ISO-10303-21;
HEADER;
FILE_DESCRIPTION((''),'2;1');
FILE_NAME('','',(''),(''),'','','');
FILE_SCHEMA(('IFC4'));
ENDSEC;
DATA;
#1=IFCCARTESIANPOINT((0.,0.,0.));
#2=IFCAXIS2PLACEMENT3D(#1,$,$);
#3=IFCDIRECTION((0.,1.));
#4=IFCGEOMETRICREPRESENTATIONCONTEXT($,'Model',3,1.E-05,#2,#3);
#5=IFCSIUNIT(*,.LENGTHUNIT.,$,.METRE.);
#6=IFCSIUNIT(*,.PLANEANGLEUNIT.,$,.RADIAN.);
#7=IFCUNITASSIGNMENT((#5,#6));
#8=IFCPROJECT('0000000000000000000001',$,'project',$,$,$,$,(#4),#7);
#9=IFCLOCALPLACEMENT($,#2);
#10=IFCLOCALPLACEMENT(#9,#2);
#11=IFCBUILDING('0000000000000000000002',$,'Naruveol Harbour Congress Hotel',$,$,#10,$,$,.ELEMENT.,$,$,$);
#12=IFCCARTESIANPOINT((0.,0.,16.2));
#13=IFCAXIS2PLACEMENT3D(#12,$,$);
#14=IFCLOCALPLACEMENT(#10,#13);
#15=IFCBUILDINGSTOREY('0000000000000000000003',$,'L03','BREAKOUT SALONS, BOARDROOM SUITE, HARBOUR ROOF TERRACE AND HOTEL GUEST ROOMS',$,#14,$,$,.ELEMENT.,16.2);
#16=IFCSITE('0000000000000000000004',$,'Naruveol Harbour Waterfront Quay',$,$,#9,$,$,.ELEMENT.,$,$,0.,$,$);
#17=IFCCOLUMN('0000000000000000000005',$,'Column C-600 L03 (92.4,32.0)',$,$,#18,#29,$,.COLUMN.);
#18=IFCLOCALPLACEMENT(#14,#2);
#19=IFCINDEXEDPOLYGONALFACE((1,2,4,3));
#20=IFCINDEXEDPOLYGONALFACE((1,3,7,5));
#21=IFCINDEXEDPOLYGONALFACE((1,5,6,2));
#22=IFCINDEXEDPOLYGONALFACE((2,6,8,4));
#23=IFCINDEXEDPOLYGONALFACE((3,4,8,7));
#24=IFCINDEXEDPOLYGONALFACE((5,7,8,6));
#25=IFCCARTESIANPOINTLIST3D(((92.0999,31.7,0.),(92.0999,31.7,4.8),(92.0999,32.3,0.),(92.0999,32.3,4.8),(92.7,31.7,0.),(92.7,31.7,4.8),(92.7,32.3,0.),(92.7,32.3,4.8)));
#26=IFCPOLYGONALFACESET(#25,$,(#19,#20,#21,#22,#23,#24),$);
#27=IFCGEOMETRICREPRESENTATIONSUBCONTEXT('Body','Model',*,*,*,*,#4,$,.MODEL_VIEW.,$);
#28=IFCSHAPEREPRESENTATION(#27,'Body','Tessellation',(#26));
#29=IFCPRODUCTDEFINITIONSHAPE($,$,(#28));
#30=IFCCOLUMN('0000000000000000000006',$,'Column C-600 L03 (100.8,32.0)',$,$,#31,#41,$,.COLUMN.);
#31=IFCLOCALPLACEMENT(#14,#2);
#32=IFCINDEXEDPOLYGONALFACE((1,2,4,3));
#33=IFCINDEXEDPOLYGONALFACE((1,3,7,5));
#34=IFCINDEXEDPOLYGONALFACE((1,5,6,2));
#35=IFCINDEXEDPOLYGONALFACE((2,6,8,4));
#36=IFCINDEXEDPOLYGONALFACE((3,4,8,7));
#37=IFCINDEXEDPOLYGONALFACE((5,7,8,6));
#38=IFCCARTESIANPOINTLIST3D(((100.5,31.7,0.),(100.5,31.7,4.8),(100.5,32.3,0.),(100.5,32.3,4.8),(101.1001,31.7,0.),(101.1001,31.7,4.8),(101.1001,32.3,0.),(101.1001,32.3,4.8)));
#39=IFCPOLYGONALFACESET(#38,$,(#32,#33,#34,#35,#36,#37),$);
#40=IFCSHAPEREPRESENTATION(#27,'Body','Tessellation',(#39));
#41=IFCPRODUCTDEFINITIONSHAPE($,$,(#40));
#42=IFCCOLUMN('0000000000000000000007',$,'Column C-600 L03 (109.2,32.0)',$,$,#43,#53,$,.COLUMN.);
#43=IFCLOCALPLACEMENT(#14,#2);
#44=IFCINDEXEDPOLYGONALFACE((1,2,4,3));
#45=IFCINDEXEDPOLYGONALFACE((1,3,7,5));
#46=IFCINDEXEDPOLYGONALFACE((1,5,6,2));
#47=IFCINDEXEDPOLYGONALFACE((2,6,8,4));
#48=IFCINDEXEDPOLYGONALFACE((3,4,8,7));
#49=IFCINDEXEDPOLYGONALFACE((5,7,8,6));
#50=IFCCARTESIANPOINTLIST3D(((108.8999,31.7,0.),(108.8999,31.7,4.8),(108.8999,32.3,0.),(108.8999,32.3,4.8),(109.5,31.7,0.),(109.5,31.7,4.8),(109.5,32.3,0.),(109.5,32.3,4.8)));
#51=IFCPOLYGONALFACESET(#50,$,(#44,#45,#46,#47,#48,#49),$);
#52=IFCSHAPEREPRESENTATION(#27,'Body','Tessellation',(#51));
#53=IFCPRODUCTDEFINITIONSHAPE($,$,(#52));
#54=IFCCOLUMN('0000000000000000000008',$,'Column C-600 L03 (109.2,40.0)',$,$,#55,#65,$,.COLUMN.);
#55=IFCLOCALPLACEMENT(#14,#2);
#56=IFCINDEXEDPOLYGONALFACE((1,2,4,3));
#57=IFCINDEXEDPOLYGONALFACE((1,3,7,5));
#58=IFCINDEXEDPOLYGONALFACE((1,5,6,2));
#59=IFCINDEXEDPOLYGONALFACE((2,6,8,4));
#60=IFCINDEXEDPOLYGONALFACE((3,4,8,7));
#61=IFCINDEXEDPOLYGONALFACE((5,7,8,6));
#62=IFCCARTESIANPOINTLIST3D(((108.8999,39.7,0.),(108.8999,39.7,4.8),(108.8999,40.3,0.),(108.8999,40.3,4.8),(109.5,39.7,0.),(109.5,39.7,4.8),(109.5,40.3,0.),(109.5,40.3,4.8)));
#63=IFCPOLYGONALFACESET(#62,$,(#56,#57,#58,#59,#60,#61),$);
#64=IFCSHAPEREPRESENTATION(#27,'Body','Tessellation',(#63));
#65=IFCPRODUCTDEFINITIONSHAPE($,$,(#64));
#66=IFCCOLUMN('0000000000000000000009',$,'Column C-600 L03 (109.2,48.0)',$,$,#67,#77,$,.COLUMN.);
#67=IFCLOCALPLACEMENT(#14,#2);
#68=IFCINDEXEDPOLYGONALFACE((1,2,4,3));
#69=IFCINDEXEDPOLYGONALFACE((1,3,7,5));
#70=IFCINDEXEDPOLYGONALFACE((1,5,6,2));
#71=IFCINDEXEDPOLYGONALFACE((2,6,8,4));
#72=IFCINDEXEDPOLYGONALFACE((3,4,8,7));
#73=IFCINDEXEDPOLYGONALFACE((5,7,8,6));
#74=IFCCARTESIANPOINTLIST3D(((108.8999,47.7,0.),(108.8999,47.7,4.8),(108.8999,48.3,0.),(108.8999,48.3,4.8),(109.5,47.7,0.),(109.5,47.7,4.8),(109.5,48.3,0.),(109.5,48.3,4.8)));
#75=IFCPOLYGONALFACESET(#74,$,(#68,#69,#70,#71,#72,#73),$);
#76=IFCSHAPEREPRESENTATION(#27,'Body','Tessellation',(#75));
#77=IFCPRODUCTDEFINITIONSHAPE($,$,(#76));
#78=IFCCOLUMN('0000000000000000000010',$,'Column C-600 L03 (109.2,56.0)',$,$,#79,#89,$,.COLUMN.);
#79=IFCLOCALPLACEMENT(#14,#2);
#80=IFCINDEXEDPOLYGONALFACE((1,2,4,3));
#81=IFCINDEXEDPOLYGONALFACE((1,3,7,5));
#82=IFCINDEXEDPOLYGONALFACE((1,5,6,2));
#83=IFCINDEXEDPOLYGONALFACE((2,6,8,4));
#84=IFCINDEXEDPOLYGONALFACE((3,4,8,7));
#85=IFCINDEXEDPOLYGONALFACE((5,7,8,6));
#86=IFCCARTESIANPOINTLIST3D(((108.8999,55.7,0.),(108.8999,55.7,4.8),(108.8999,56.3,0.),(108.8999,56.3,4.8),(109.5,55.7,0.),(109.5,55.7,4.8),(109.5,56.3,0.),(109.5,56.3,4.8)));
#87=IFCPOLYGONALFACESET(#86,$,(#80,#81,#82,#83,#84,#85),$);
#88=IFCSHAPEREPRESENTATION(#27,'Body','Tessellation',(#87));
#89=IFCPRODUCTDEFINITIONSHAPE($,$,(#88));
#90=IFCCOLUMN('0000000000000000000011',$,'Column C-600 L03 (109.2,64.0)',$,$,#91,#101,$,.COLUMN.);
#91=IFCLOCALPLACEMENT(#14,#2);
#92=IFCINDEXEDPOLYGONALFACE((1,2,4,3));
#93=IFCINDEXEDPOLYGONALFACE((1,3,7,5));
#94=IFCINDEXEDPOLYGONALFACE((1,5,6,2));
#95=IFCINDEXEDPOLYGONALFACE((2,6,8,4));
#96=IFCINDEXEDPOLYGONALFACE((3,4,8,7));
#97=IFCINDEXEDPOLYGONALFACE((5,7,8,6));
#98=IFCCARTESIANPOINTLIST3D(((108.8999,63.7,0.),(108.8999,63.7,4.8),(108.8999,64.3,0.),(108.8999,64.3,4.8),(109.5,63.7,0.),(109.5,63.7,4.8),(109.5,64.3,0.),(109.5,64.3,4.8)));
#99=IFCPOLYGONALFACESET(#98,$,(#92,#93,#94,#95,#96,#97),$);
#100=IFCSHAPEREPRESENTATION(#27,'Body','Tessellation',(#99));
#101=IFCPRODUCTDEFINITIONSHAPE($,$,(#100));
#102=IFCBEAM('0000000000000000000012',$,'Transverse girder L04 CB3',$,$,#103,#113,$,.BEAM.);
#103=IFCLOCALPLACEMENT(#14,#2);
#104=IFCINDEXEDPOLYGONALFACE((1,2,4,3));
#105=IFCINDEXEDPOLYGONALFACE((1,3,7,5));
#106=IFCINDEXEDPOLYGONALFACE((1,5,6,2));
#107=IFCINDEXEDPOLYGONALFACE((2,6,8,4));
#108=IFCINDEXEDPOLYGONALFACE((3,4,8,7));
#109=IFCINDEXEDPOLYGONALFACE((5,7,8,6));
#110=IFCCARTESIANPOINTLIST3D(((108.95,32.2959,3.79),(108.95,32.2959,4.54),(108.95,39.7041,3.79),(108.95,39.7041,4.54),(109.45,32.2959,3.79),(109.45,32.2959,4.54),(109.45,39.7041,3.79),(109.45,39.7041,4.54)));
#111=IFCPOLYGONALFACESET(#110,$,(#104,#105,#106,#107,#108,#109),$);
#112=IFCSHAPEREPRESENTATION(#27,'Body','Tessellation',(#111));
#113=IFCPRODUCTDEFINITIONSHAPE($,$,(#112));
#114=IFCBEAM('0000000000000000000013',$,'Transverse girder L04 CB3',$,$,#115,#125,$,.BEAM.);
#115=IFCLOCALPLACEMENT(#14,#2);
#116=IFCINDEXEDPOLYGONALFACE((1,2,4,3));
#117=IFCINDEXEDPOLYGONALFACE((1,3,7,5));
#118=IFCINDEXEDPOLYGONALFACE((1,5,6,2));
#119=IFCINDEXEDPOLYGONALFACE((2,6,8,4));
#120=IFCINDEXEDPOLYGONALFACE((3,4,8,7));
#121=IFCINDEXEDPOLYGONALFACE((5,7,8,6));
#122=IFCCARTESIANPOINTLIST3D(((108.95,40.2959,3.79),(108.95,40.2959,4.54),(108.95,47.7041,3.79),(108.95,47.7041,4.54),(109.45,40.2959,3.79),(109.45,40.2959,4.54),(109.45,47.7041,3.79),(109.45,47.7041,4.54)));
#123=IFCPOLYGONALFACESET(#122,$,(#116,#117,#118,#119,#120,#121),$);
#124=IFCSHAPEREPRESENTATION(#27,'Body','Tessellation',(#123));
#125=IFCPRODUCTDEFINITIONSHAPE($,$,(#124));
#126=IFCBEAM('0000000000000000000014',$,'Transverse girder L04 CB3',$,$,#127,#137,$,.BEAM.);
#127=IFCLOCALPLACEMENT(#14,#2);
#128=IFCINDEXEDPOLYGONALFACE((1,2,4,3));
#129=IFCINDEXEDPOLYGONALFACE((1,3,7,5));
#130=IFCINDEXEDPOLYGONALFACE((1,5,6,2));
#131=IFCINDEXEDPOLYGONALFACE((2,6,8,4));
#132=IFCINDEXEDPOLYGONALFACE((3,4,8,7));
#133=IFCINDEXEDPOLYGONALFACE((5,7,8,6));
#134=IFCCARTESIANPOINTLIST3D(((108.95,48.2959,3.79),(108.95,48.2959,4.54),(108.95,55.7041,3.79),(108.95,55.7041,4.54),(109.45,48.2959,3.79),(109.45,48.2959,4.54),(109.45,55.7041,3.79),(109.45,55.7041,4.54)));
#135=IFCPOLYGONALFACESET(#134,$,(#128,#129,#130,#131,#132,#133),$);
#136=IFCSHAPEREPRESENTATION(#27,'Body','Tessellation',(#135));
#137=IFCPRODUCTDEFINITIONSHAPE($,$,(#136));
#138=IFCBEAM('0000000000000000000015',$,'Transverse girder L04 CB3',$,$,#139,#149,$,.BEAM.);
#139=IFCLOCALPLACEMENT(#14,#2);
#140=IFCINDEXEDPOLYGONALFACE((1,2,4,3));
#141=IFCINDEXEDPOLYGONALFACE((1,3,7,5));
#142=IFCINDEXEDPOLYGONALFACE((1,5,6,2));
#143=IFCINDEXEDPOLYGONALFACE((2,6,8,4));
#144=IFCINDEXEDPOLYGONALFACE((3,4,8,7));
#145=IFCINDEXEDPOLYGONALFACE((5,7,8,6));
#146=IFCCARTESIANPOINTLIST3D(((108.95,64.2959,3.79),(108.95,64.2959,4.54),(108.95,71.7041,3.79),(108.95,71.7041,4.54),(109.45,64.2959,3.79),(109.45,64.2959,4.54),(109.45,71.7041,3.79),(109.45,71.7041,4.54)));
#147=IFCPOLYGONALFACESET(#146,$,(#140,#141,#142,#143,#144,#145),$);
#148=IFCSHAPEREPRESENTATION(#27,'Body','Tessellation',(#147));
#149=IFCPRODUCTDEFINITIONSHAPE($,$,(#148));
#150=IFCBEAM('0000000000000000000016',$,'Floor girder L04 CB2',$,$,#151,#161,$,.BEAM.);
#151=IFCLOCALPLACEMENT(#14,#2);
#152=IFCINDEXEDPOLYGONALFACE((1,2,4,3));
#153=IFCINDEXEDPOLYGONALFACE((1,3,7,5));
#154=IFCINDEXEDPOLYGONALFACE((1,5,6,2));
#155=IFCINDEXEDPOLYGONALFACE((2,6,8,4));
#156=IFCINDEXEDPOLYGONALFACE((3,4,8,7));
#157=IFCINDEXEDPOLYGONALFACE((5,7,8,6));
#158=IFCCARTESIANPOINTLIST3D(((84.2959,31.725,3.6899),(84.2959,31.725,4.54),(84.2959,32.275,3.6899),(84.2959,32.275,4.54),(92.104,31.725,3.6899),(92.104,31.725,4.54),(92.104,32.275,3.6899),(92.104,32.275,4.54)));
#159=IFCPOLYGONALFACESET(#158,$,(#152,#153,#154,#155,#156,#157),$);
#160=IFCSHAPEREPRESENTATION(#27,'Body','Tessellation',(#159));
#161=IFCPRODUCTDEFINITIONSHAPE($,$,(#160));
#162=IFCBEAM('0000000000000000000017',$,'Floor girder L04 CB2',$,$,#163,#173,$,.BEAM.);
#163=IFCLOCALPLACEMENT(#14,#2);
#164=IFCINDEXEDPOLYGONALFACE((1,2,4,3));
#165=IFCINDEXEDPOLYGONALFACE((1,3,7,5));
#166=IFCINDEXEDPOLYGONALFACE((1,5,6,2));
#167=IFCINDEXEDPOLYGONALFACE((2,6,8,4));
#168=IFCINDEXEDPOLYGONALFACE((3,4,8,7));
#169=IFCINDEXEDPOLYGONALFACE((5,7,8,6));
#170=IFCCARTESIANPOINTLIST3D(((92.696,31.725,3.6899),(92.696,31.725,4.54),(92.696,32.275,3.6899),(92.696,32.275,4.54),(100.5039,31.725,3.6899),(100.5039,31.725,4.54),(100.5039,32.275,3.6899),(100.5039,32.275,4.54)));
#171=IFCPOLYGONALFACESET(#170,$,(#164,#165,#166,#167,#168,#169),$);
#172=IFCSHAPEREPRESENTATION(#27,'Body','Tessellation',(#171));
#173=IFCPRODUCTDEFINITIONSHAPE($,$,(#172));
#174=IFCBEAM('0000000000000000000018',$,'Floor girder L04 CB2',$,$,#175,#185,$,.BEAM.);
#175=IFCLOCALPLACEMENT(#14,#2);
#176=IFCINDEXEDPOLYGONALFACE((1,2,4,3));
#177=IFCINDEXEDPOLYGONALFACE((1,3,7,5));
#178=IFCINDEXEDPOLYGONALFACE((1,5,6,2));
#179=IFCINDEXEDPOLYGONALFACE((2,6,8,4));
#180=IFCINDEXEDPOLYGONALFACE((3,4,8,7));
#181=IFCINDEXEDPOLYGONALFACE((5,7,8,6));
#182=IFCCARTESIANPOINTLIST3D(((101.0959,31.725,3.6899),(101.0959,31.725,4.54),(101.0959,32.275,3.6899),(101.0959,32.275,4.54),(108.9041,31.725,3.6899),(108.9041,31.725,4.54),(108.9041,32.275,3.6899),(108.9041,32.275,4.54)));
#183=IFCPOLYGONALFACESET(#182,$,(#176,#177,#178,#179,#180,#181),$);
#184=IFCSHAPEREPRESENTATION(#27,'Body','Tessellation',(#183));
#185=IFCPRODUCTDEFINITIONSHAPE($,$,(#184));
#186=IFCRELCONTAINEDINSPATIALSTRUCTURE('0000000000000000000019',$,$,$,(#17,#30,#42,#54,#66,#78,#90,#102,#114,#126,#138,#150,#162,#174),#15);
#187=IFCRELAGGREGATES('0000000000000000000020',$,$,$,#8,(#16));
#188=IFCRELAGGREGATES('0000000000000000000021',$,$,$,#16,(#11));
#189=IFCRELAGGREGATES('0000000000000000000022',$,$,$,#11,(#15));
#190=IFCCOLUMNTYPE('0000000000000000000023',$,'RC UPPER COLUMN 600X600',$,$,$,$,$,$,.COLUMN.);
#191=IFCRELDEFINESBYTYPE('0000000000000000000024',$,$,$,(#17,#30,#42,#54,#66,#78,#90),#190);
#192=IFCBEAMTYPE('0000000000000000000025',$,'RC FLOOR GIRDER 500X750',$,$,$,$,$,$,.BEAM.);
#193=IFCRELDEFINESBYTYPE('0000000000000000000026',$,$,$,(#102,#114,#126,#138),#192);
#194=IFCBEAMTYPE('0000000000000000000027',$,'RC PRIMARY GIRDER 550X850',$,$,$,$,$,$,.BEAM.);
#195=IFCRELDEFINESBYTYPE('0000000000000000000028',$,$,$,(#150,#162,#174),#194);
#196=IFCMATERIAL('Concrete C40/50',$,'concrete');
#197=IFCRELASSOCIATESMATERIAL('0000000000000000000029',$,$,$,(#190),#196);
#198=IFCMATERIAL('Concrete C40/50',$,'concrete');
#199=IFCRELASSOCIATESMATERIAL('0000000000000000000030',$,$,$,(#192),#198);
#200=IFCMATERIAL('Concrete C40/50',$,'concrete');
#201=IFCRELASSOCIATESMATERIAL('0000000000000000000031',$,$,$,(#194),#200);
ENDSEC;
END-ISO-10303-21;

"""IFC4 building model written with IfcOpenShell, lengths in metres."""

from ifc_helpers import new_model, si_unit, direction, frame, origin, origin_2d, place, context, subcontext, project, spatial, rectangle, extrude, material, material_profile, profile_set, type_object, element, save


model = new_model("IFC4")

# Units and contexts
model_context = context("Model", 3, precision=1e-05, world=origin(), true_north=direction((0.0, 1.0)))
body_context = subcontext(model_context, "Body", "Model", "MODEL_VIEW")
ifc_project = project(units=[si_unit("LENGTHUNIT", "METRE"), si_unit("PLANEANGLEUNIT", "RADIAN")], contexts=[model_context])

# Site, building, storey
site_placement = place(None, origin())
site = spatial("IfcSite", under=ifc_project, at=site_placement, Name="Naruveol Harbour Waterfront Quay", CompositionType="ELEMENT", RefElevation=0.0)
building_placement = place(site_placement, origin())
building = spatial("IfcBuilding", under=site, at=building_placement, Name="Naruveol Harbour Congress Hotel", CompositionType="ELEMENT")
storey_placement = place(building_placement, frame((0.0, 0.0, 16.2)))
storey = spatial("IfcBuildingStorey", under=building, at=storey_placement, Name="L03", Description="BREAKOUT SALONS, BOARDROOM SUITE, HARBOUR ROOF TERRACE AND HOTEL GUEST ROOMS", CompositionType="ELEMENT", Elevation=16.2)

# Columns
ifc_material_1 = material(Name="Concrete C40/50", Category="concrete")
ifc_material_profile_1 = material_profile(ifc_material_1, rectangle(XDim=0.6001, YDim=0.6001, at=origin_2d()), Name="RC-600x600")
ifc_profile_set_1 = profile_set([ifc_material_profile_1], Name="Concrete C40/50")
column_type = type_object("IfcColumnType", Name="RC UPPER COLUMN 600X600", PredefinedType="COLUMN", material=ifc_profile_set_1)
for number, where, z_axis, x_axis, name in (
    (1, (92.3999, 32.0, 0.0), (0.0, 0.0, 1.0), (1.0, 0.0, 0.0), "Column C-600 L03 (92.4,32.0)"),
    (2, (100.8, 32.0, 0.0), (0.0, 0.0, 1.0), (1.0, 0.0, 0.0), "Column C-600 L03 (100.8,32.0)"),
    (3, (109.2, 32.0, 0.0), (0.0, 0.0, 1.0), (1.0, 0.0, 0.0), "Column C-600 L03 (109.2,32.0)"),
    (4, (109.2, 40.0, 0.0), (0.0, 0.0, 1.0), (1.0, 0.0, 0.0), "Column C-600 L03 (109.2,40.0)"),
    (5, (109.2, 48.0, 0.0), (0.0, 0.0, 1.0), (1.0, 0.0, 0.0), "Column C-600 L03 (109.2,48.0)"),
    (6, (109.2, 56.0, 0.0), (0.0, 0.0, 1.0), (1.0, 0.0, 0.0), "Column C-600 L03 (109.2,56.0)"),
    (7, (109.2, 64.0, 0.0), (0.0, 0.0, 1.0), (1.0, 0.0, 0.0), "Column C-600 L03 (109.2,64.0)"),
):
    element("IfcColumn", number, at=place(storey_placement, frame(where, z_axis=z_axis, x_axis=x_axis)), inside=storey, type_object=column_type, Name=name, PredefinedType="COLUMN", context=body_context, shape_type="SweptSolid", body=[
        extrude(rectangle(XDim=0.6001, YDim=0.6001, at=origin_2d()), origin(), (0.0, 0.0, 1.0), 4.8),
    ])

# Beams
ifc_material_2 = material(Name="Concrete C40/50", Category="concrete")
ifc_material_profile_2 = material_profile(ifc_material_2, rectangle(XDim=0.5, YDim=0.75, at=origin_2d()), Name="RCB-500x750")
ifc_profile_set_2 = profile_set([ifc_material_profile_2], Name="Concrete C40/50")
beam_type_1 = type_object("IfcBeamType", Name="RC FLOOR GIRDER 500X750", PredefinedType="BEAM", material=ifc_profile_set_2)
for number, where, z_axis, x_axis, name in (
    (8, (109.2, 32.2959, 4.165), (0.0, 1.0, 0.0), (-1.0, 0.0, 0.0), "Transverse girder L04 CB3"),
    (9, (109.2, 40.2959, 4.165), (0.0, 1.0, 0.0), (-1.0, 0.0, 0.0), "Transverse girder L04 CB3"),
    (10, (109.2, 48.2959, 4.165), (0.0, 1.0, 0.0), (-1.0, 0.0, 0.0), "Transverse girder L04 CB3"),
    (11, (109.2, 64.2959, 4.165), (0.0, 1.0, 0.0), (-1.0, 0.0, 0.0), "Transverse girder L04 CB3"),
):
    element("IfcBeam", number, at=place(storey_placement, frame(where, z_axis=z_axis, x_axis=x_axis)), inside=storey, type_object=beam_type_1, Name=name, PredefinedType="BEAM", context=body_context, shape_type="SweptSolid", body=[
        extrude(rectangle(XDim=0.5, YDim=0.75, at=origin_2d()), origin(), (0.0, 0.0, 1.0), 7.4082),
    ])
ifc_material_3 = material(Name="Concrete C40/50", Category="concrete")
ifc_material_profile_3 = material_profile(ifc_material_3, rectangle(XDim=0.55, YDim=0.8501, at=origin_2d()), Name="RCB-550x850")
ifc_profile_set_3 = profile_set([ifc_material_profile_3], Name="Concrete C40/50")
beam_type_2 = type_object("IfcBeamType", Name="RC PRIMARY GIRDER 550X850", PredefinedType="BEAM", material=ifc_profile_set_3)
beam_1_placement = place(storey_placement, frame((84.2959, 32.0, 4.115), z_axis=(1.0, 0.0, 0.0), x_axis=(0.0, 1.0, 0.0)))
element("IfcBeam", 12, at=beam_1_placement, inside=storey, type_object=beam_type_2, Name="Floor girder L04 CB2", PredefinedType="BEAM", context=body_context, shape_type="SweptSolid", body=[
    extrude(rectangle(XDim=0.55, YDim=0.8501, at=origin_2d()), origin(), (0.0, 0.0, 1.0), 7.8081),
])
beam_2_placement = place(storey_placement, frame((92.696, 32.0, 4.115), z_axis=(1.0, 0.0, 0.0), x_axis=(0.0, 1.0, 0.0)))
element("IfcBeam", 13, at=beam_2_placement, inside=storey, type_object=beam_type_2, Name="Floor girder L04 CB2", PredefinedType="BEAM", context=body_context, shape_type="SweptSolid", body=[
    extrude(rectangle(XDim=0.55, YDim=0.8501, at=origin_2d()), origin(), (0.0, 0.0, 1.0), 7.8079),
])
beam_3_placement = place(storey_placement, frame((101.0959, 32.0, 4.115), z_axis=(1.0, 0.0, 0.0), x_axis=(0.0, 1.0, 0.0)))
element("IfcBeam", 14, at=beam_3_placement, inside=storey, type_object=beam_type_2, Name="Floor girder L04 CB2", PredefinedType="BEAM", context=body_context, shape_type="SweptSolid", body=[
    extrude(rectangle(XDim=0.55, YDim=0.8501, at=origin_2d()), origin(), (0.0, 0.0, 1.0), 7.8081),
])

save(model, "model.ifc")
